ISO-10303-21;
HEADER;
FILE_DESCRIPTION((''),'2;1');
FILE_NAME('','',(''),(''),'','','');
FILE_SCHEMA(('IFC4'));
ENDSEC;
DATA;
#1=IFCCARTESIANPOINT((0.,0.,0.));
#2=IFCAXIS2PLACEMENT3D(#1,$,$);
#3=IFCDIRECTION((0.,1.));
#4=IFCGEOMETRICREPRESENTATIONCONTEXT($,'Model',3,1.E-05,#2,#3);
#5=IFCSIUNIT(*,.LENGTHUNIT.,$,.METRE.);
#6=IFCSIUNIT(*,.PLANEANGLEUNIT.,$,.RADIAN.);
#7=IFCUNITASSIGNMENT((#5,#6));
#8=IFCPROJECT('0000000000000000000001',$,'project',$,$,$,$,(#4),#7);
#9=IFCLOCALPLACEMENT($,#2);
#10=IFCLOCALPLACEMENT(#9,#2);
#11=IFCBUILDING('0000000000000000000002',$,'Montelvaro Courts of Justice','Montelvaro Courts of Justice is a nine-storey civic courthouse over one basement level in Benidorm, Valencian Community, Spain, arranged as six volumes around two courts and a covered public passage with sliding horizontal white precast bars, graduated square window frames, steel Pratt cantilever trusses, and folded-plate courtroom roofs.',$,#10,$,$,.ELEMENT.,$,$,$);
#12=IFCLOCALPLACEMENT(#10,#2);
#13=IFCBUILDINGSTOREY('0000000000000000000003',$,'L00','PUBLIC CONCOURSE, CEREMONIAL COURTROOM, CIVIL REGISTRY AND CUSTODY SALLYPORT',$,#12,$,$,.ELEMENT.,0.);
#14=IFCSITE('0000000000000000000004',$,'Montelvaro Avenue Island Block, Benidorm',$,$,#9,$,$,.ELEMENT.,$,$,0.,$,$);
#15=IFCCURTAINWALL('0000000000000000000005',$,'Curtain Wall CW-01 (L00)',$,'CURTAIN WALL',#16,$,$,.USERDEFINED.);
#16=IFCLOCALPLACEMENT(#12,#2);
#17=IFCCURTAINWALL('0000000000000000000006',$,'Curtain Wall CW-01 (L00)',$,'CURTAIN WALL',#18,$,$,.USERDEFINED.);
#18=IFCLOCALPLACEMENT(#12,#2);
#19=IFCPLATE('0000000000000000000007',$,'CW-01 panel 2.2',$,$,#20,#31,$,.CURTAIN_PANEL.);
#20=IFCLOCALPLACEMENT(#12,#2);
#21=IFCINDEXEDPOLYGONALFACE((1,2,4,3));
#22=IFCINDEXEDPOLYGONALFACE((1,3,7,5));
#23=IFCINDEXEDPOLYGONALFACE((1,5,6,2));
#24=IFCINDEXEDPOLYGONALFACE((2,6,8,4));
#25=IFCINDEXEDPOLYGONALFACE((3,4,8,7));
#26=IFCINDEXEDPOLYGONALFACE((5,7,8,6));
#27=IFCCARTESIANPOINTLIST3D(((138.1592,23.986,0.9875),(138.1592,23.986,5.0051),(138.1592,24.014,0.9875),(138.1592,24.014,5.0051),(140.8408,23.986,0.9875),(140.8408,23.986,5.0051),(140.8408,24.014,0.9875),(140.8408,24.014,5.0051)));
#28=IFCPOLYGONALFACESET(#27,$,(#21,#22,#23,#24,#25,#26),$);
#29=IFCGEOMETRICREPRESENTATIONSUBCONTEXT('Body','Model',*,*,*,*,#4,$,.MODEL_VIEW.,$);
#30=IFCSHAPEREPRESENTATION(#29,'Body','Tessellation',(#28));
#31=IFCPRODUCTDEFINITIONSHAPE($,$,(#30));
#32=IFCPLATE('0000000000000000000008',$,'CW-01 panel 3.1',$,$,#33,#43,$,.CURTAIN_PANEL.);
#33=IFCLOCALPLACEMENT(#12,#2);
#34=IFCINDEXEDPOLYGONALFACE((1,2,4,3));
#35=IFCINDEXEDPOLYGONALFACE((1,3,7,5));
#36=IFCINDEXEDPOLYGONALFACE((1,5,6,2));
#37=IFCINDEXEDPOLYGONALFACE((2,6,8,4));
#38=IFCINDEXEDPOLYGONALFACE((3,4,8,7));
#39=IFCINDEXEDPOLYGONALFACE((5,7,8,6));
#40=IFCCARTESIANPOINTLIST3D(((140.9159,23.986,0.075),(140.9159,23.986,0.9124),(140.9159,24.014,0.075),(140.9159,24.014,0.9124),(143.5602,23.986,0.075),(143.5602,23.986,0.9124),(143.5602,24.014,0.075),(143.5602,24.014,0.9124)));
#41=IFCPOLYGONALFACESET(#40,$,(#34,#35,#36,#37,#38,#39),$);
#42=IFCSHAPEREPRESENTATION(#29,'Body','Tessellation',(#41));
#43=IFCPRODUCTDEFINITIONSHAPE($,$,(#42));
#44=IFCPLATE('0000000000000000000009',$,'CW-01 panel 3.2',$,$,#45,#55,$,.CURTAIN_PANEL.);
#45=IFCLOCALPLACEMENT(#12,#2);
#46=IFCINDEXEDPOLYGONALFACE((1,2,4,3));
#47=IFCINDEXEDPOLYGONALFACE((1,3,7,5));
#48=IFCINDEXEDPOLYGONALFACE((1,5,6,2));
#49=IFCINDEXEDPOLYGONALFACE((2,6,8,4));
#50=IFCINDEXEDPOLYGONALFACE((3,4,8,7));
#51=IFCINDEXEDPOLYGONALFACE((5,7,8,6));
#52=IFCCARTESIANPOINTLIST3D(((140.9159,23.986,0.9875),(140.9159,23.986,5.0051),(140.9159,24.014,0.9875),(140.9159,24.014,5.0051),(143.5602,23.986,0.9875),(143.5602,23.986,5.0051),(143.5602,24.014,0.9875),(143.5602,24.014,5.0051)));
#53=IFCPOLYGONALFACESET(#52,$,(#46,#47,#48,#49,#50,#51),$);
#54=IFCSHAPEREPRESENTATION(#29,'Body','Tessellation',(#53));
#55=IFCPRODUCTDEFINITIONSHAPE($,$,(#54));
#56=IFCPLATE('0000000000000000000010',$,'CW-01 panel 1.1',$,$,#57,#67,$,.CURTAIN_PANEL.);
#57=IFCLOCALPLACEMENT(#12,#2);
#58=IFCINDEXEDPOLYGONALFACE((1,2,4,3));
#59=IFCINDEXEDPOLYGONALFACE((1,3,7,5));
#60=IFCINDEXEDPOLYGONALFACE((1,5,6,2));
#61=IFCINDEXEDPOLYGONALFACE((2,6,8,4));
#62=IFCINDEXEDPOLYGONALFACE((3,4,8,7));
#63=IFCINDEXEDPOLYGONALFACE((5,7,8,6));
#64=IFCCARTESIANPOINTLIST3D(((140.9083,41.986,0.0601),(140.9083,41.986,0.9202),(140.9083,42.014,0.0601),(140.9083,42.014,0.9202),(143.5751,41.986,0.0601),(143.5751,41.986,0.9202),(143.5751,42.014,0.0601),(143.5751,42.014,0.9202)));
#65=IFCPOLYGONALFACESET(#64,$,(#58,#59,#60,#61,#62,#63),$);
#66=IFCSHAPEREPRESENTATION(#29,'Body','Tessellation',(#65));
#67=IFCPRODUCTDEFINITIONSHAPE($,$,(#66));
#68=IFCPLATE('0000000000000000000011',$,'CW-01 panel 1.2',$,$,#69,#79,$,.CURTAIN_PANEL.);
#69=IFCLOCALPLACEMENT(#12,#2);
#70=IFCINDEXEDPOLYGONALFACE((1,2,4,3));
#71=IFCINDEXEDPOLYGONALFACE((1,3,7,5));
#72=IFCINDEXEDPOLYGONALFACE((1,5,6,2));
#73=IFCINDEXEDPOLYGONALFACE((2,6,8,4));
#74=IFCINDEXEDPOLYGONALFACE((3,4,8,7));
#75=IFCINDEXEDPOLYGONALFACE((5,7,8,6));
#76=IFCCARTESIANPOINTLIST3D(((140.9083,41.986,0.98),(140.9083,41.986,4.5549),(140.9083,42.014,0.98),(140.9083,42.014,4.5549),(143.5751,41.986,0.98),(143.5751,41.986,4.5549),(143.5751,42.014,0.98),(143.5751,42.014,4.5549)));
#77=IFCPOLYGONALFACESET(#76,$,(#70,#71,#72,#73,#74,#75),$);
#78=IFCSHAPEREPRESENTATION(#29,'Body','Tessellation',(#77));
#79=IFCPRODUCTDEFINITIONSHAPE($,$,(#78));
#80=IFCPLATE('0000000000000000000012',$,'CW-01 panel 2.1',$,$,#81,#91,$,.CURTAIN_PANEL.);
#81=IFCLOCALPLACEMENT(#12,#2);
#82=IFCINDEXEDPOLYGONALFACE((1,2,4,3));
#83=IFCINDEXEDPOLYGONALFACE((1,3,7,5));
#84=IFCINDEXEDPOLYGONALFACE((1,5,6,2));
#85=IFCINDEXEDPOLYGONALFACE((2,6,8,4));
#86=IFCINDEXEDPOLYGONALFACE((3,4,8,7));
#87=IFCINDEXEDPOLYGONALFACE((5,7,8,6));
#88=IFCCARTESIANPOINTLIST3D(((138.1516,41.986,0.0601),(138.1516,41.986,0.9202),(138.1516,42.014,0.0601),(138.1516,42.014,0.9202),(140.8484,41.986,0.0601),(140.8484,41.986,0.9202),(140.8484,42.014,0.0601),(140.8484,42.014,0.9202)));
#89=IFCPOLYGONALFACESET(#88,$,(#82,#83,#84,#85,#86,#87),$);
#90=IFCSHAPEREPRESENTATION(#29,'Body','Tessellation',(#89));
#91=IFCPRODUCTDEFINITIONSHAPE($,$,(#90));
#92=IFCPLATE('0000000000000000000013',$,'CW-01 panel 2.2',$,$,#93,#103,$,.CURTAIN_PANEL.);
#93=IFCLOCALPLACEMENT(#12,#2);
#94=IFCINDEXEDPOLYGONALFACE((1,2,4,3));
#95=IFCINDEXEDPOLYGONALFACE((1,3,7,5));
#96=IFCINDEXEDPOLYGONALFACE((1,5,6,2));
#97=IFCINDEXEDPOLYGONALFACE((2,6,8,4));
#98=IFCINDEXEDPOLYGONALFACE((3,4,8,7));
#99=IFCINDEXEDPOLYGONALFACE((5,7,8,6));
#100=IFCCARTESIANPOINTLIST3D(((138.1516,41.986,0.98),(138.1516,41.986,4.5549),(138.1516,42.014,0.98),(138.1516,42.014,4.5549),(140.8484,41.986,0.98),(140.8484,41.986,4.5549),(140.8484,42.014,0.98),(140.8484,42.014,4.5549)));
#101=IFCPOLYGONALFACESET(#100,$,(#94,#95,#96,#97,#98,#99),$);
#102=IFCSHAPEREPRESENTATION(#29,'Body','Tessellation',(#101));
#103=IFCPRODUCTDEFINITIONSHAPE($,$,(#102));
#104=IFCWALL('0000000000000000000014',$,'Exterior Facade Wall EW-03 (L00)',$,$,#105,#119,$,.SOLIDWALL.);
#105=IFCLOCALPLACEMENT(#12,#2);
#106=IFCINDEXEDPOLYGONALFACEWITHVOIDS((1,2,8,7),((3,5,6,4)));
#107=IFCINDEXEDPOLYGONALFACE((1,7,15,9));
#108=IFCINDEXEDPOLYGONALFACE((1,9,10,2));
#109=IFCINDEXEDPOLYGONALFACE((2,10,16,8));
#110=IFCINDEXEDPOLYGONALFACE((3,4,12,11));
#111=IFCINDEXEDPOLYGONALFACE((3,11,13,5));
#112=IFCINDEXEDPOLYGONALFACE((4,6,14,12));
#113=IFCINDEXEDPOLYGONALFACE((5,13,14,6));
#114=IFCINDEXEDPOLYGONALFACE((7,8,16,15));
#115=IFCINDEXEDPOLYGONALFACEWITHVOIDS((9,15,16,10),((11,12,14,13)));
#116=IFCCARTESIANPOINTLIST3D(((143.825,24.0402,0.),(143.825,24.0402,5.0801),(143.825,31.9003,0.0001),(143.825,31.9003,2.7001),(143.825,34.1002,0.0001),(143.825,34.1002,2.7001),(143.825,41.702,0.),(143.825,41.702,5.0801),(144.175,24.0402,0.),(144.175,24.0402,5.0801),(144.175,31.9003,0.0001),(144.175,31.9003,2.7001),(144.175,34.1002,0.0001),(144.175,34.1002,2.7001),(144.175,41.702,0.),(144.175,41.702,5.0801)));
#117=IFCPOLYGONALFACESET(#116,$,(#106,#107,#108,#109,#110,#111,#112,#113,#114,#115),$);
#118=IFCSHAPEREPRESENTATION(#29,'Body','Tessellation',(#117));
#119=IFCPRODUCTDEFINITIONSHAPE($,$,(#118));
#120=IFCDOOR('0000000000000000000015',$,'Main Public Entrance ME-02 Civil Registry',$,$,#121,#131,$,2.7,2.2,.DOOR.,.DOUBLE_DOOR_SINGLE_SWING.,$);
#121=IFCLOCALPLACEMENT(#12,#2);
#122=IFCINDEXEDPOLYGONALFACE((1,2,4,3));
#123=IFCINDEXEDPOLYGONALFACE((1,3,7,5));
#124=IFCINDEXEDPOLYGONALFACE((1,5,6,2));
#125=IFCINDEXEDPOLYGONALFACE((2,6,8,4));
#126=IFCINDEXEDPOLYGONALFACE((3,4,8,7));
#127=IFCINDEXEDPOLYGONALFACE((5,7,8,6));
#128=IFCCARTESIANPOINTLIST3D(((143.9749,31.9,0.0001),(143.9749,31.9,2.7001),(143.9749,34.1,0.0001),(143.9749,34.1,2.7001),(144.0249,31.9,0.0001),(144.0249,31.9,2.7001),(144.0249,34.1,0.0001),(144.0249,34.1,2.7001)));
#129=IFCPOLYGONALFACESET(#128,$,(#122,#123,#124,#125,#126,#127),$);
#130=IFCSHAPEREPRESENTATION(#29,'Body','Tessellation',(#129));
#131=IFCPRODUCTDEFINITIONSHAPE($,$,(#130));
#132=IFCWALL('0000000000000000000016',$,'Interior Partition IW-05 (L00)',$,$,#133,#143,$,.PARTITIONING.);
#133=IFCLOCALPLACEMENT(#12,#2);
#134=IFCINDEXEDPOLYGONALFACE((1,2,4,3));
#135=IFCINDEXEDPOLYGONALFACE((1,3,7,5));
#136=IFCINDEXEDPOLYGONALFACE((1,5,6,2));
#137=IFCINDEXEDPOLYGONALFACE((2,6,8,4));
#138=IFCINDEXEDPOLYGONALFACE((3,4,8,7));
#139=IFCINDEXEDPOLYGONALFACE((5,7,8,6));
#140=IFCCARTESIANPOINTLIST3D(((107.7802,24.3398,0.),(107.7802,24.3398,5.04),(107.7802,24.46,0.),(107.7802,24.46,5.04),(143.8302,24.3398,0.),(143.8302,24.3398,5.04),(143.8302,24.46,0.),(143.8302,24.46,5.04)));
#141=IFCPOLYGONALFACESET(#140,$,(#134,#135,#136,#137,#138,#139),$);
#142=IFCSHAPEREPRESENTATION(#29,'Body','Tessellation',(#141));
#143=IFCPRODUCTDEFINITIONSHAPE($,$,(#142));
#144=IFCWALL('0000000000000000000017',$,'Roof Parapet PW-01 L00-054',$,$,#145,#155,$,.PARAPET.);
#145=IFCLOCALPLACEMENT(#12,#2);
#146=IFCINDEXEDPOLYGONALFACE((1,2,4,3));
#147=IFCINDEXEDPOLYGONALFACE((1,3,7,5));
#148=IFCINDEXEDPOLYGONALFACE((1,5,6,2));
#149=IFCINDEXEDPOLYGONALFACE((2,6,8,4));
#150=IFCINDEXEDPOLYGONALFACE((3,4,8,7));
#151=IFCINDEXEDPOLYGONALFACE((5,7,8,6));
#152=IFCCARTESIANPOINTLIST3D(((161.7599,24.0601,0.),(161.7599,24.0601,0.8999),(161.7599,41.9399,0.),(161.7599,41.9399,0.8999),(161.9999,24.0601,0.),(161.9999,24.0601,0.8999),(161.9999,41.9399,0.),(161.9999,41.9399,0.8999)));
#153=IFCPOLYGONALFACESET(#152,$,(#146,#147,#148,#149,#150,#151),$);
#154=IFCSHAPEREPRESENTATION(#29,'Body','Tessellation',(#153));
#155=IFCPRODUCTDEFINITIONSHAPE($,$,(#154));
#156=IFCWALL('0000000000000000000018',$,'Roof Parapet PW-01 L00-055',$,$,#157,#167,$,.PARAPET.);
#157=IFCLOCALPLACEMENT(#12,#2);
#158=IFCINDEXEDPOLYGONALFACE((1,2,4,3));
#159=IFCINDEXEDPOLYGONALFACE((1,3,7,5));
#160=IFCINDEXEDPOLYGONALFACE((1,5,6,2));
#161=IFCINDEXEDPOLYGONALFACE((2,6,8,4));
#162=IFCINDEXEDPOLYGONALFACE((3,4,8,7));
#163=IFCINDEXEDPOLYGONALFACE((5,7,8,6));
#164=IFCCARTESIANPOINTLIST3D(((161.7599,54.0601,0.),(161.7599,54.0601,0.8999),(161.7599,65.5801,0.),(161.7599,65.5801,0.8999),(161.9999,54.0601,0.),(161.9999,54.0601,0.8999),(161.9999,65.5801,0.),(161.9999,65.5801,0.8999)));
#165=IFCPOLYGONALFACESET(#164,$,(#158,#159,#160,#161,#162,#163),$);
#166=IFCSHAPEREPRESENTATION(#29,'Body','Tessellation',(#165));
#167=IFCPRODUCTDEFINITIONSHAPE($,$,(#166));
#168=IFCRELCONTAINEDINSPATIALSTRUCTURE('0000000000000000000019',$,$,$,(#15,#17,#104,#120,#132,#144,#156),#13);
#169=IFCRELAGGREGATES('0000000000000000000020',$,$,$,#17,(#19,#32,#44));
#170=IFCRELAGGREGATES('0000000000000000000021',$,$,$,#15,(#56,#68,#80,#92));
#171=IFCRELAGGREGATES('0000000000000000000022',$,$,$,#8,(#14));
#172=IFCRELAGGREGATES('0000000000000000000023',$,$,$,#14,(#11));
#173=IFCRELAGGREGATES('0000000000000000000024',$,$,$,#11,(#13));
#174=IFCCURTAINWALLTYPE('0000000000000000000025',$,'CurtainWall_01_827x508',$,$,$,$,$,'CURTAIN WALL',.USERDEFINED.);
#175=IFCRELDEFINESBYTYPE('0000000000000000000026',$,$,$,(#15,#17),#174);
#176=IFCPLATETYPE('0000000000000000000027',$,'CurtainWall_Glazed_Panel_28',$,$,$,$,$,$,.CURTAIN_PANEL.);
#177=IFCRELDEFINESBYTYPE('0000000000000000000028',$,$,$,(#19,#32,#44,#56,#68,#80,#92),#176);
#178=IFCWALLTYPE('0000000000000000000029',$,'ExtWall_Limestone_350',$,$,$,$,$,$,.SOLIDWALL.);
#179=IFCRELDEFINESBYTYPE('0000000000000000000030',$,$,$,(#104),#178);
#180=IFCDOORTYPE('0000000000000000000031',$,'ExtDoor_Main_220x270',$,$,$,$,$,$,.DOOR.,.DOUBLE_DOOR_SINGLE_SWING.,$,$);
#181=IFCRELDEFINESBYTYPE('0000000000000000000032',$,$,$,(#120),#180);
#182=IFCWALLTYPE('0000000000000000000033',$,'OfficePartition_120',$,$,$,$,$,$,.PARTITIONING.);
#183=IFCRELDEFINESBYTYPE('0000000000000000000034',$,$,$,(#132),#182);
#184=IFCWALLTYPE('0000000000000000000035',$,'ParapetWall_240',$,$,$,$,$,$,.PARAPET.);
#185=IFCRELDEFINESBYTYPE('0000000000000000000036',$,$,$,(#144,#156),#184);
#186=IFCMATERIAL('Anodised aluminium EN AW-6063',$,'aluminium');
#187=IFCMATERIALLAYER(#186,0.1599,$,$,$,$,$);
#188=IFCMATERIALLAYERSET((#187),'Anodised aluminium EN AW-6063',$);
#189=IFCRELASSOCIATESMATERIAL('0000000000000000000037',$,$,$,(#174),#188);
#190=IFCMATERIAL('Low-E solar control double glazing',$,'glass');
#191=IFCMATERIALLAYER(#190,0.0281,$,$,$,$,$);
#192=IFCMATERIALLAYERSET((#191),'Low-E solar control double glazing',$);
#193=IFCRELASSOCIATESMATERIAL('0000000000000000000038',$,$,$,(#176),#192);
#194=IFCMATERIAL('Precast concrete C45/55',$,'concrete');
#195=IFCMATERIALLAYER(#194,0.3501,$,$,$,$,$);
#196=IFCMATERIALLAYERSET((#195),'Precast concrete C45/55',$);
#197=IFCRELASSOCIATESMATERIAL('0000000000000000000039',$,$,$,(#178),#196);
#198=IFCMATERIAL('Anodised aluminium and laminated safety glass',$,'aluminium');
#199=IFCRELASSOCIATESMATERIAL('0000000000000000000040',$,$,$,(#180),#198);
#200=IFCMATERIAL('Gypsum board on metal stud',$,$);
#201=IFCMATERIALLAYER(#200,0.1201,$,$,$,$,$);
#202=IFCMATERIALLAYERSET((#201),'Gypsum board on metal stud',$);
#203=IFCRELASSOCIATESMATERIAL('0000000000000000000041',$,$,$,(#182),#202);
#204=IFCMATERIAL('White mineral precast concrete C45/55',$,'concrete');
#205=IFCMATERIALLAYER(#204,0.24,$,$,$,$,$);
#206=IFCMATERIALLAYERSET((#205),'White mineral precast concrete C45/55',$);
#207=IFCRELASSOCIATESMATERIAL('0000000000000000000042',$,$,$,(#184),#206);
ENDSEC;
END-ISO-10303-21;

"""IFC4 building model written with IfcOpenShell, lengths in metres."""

from ifc_helpers import new_model, si_unit, direction, frame, frame_2d, origin, origin_2d, place, context, subcontext, project, spatial, rectangle, extrude, material, layer, layer_set, type_object, element, fill, aggregate, save


model = new_model("IFC4")

# Units and contexts
model_context = context("Model", 3, precision=1e-05, world=origin(), true_north=direction((0.0, 1.0)))
body_context = subcontext(model_context, "Body", "Model", "MODEL_VIEW")
ifc_project = project(units=[si_unit("LENGTHUNIT", "METRE"), si_unit("PLANEANGLEUNIT", "RADIAN")], contexts=[model_context])

# Site, building, storey
site_placement = place(None, origin())
site = spatial("IfcSite", under=ifc_project, at=site_placement, Name="Montelvaro Avenue Island Block, Benidorm", CompositionType="ELEMENT", RefElevation=0.0)
building_placement = place(site_placement, origin())
building = spatial("IfcBuilding", under=site, at=building_placement, Name="Montelvaro Courts of Justice", Description="Montelvaro Courts of Justice is a nine-storey civic courthouse over one basement level in Benidorm, Valencian Community, Spain, arranged as six volumes around two courts and a covered public passage with sliding horizontal white precast bars, graduated square window frames, steel Pratt cantilever trusses, and folded-plate courtroom roofs.", CompositionType="ELEMENT")
storey_placement = place(building_placement, origin())
storey = spatial("IfcBuildingStorey", under=building, at=storey_placement, Name="L00", Description="PUBLIC CONCOURSE, CEREMONIAL COURTROOM, CIVIL REGISTRY AND CUSTODY SALLYPORT", CompositionType="ELEMENT", Elevation=0.0)

# Curtain walls
ifc_material_1 = material(Name="Anodised aluminium EN AW-6063", Category="aluminium")
ifc_layer_1 = layer(ifc_material_1, 0.1599)
ifc_layer_set_1 = layer_set([ifc_layer_1], Name="Anodised aluminium EN AW-6063")
curtain_wall_type = type_object("IfcCurtainWallType", Name="CurtainWall_01_827x508", ElementType="CURTAIN WALL", PredefinedType="USERDEFINED", material=ifc_layer_set_1)
curtain_wall_1_placement = place(storey_placement, origin())
curtain_wall_1 = element("IfcCurtainWall", 1, at=curtain_wall_1_placement, inside=storey, type_object=curtain_wall_type, Name="Curtain Wall CW-01 (L00)", ObjectType="CURTAIN WALL", PredefinedType="USERDEFINED")
curtain_wall_2_placement = place(storey_placement, origin())
curtain_wall_2 = element("IfcCurtainWall", 2, at=curtain_wall_2_placement, inside=storey, type_object=curtain_wall_type, Name="Curtain Wall CW-01 (L00)", ObjectType="CURTAIN WALL", PredefinedType="USERDEFINED")

# Plates
ifc_material_2 = material(Name="Low-E solar control double glazing", Category="glass")
ifc_layer_2 = layer(ifc_material_2, 0.0281)
ifc_layer_set_2 = layer_set([ifc_layer_2], Name="Low-E solar control double glazing")
plate_type = type_object("IfcPlateType", Name="CurtainWall_Glazed_Panel_28", PredefinedType="CURTAIN_PANEL", material=ifc_layer_set_2)
plate_1_placement = place(storey_placement, frame((139.5, 24.0, 0.9875), z_axis=(0.0, 0.0, 1.0), x_axis=(1.0, 0.0, 0.0)))
plate_1 = element("IfcPlate", 3, at=plate_1_placement, type_object=plate_type, Name="CW-01 panel 2.2", PredefinedType="CURTAIN_PANEL", context=body_context, shape_type="SweptSolid", body=[
    extrude(rectangle(XDim=2.6816, YDim=0.0281, at=origin_2d()), origin(), (0.0, 0.0, 1.0), 4.0176),
])
plate_2_placement = place(storey_placement, frame((142.238, 24.0, 0.075), z_axis=(0.0, 0.0, 1.0), x_axis=(1.0, 0.0, 0.0)))
plate_2 = element("IfcPlate", 4, at=plate_2_placement, type_object=plate_type, Name="CW-01 panel 3.1", PredefinedType="CURTAIN_PANEL", context=body_context, shape_type="SweptSolid", body=[
    extrude(rectangle(XDim=2.6443, YDim=0.0281, at=origin_2d()), origin(), (0.0, 0.0, 1.0), 0.8374),
])
plate_3_placement = place(storey_placement, frame((142.238, 24.0, 0.9875), z_axis=(0.0, 0.0, 1.0), x_axis=(1.0, 0.0, 0.0)))
plate_3 = element("IfcPlate", 5, at=plate_3_placement, type_object=plate_type, Name="CW-01 panel 3.2", PredefinedType="CURTAIN_PANEL", context=body_context, shape_type="SweptSolid", body=[
    extrude(rectangle(XDim=2.6443, YDim=0.0281, at=origin_2d()), origin(), (0.0, 0.0, 1.0), 4.0176),
])
aggregate(curtain_wall_2, [plate_1, plate_2, plate_3])
plate_4_placement = place(storey_placement, frame((142.2417, 42.0, 0.0601), z_axis=(0.0, 0.0, 1.0), x_axis=(-1.0, 0.0, 0.0)))
plate_4 = element("IfcPlate", 6, at=plate_4_placement, type_object=plate_type, Name="CW-01 panel 1.1", PredefinedType="CURTAIN_PANEL", context=body_context, shape_type="SweptSolid", body=[
    extrude(rectangle(XDim=2.6667, YDim=0.0281, at=origin_2d()), origin(), (0.0, 0.0, 1.0), 0.8601),
])
plate_5_placement = place(storey_placement, frame((142.2417, 42.0, 0.98), z_axis=(0.0, 0.0, 1.0), x_axis=(-1.0, 0.0, 0.0)))
plate_5 = element("IfcPlate", 7, at=plate_5_placement, type_object=plate_type, Name="CW-01 panel 1.2", PredefinedType="CURTAIN_PANEL", context=body_context, shape_type="SweptSolid", body=[
    extrude(rectangle(XDim=2.6667, YDim=0.0281, at=origin_2d()), origin(), (0.0, 0.0, 1.0), 3.575),
])
plate_6_placement = place(storey_placement, frame((139.5, 42.0, 0.0601), z_axis=(0.0, 0.0, 1.0), x_axis=(-1.0, 0.0, 0.0)))
plate_6 = element("IfcPlate", 8, at=plate_6_placement, type_object=plate_type, Name="CW-01 panel 2.1", PredefinedType="CURTAIN_PANEL", context=body_context, shape_type="SweptSolid", body=[
    extrude(rectangle(XDim=2.6968, YDim=0.0281, at=origin_2d()), origin(), (0.0, 0.0, 1.0), 0.8601),
])
plate_7_placement = place(storey_placement, frame((139.5, 42.0, 0.98), z_axis=(0.0, 0.0, 1.0), x_axis=(-1.0, 0.0, 0.0)))
plate_7 = element("IfcPlate", 9, at=plate_7_placement, type_object=plate_type, Name="CW-01 panel 2.2", PredefinedType="CURTAIN_PANEL", context=body_context, shape_type="SweptSolid", body=[
    extrude(rectangle(XDim=2.6968, YDim=0.0281, at=origin_2d()), origin(), (0.0, 0.0, 1.0), 3.575),
])
aggregate(curtain_wall_1, [plate_4, plate_5, plate_6, plate_7])

# Wall, opening, door
ifc_material_3 = material(Name="Precast concrete C45/55", Category="concrete")
ifc_layer_3 = layer(ifc_material_3, 0.3501)
ifc_layer_set_3 = layer_set([ifc_layer_3], Name="Precast concrete C45/55")
wall_type_1 = type_object("IfcWallType", Name="ExtWall_Limestone_350", PredefinedType="SOLIDWALL", material=ifc_layer_set_3)
wall_1_placement = place(storey_placement, frame((144.0, 24.04, 0.0), z_axis=(0.0, 0.0, 1.0), x_axis=(0.0, 1.0, 0.0)))
wall_1 = element("IfcWall", 10, at=wall_1_placement, inside=storey, type_object=wall_type_1, Name="Exterior Facade Wall EW-03 (L00)", PredefinedType="SOLIDWALL", context=body_context, shape_type="SweptSolid", body=[
    extrude(rectangle(XDim=17.6619, YDim=0.3501, at=frame_2d((8.8311, 0.0))), origin(), (0.0, 0.0, 1.0), 5.0801),
])
opening_placement = place(wall_1_placement, frame((7.8601, 0.0, 0.0)))
opening = element("IfcOpeningElement", 11, at=opening_placement, cuts=wall_1, PredefinedType="OPENING", context=body_context, shape_type="SweptSolid", body=[
    extrude(rectangle(XDim=2.2, YDim=2.7, at=frame_2d((1.1001, 1.3501))), frame((0.0, 0.1899, 0.0), z_axis=(0.0, -1.0, 0.0), x_axis=(1.0, 0.0, 0.0)), (0.0, 0.0, 1.0), 0.3799),
])
ifc_material_4 = material(Name="Anodised aluminium and laminated safety glass", Category="aluminium")
door_type = type_object("IfcDoorType", Name="ExtDoor_Main_220x270", OperationType="DOUBLE_DOOR_SINGLE_SWING", PredefinedType="DOOR", material=ifc_material_4)
door_placement = place(opening_placement, frame((2.2, 0.0, 0.0), z_axis=(0.0, 0.0, 1.0), x_axis=(-1.0, 0.0, 0.0)))
door = element("IfcDoor", 12, at=door_placement, inside=storey, type_object=door_type, Name="Main Public Entrance ME-02 Civil Registry", OperationType="DOUBLE_DOOR_SINGLE_SWING", OverallHeight=2.7, OverallWidth=2.2, PredefinedType="DOOR", context=body_context, shape_type="SweptSolid", body=[
    extrude(rectangle(XDim=2.2, YDim=2.7, at=frame_2d((1.1001, 1.3501))), frame((0.0, 0.0249, 0.0), z_axis=(0.0, -1.0, 0.0), x_axis=(1.0, 0.0, 0.0)), (0.0, 0.0, 1.0), 0.05),
])
fill(opening, door)

# Walls
ifc_material_5 = material(Name="Gypsum board on metal stud")
ifc_layer_4 = layer(ifc_material_5, 0.1201)
ifc_layer_set_4 = layer_set([ifc_layer_4], Name="Gypsum board on metal stud")
wall_type_2 = type_object("IfcWallType", Name="OfficePartition_120", PredefinedType="PARTITIONING", material=ifc_layer_set_4)
wall_2_placement = place(storey_placement, frame((143.8301, 24.3999, 0.0), z_axis=(0.0, 0.0, 1.0), x_axis=(-1.0, 0.0, 0.0)))
element("IfcWall", 13, at=wall_2_placement, inside=storey, type_object=wall_type_2, Name="Interior Partition IW-05 (L00)", PredefinedType="PARTITIONING", context=body_context, shape_type="SweptSolid", body=[
    extrude(rectangle(XDim=36.05, YDim=0.1201, at=frame_2d((18.0249, 0.0))), origin(), (0.0, 0.0, 1.0), 5.04),
])
ifc_material_6 = material(Name="White mineral precast concrete C45/55", Category="concrete")
ifc_layer_5 = layer(ifc_material_6, 0.24)
ifc_layer_set_5 = layer_set([ifc_layer_5], Name="White mineral precast concrete C45/55")
wall_type_3 = type_object("IfcWallType", Name="ParapetWall_240", PredefinedType="PARAPET", material=ifc_layer_set_5)
wall_3_placement = place(storey_placement, frame((161.8799, 24.0601, 0.0), z_axis=(0.0, 0.0, 1.0), x_axis=(0.0, 1.0, 0.0)))
element("IfcWall", 14, at=wall_3_placement, inside=storey, type_object=wall_type_3, Name="Roof Parapet PW-01 L00-054", PredefinedType="PARAPET", context=body_context, shape_type="SweptSolid", body=[
    extrude(rectangle(XDim=17.8799, YDim=0.24, at=frame_2d((8.9399, 0.0))), origin(), (0.0, 0.0, 1.0), 0.8999),
])
wall_4_placement = place(storey_placement, frame((161.8799, 54.0601, 0.0), z_axis=(0.0, 0.0, 1.0), x_axis=(0.0, 1.0, 0.0)))
element("IfcWall", 15, at=wall_4_placement, inside=storey, type_object=wall_type_3, Name="Roof Parapet PW-01 L00-055", PredefinedType="PARAPET", context=body_context, shape_type="SweptSolid", body=[
    extrude(rectangle(XDim=11.52, YDim=0.24, at=frame_2d((5.76, 0.0))), origin(), (0.0, 0.0, 1.0), 0.8999),
])

save(model, "model.ifc")
